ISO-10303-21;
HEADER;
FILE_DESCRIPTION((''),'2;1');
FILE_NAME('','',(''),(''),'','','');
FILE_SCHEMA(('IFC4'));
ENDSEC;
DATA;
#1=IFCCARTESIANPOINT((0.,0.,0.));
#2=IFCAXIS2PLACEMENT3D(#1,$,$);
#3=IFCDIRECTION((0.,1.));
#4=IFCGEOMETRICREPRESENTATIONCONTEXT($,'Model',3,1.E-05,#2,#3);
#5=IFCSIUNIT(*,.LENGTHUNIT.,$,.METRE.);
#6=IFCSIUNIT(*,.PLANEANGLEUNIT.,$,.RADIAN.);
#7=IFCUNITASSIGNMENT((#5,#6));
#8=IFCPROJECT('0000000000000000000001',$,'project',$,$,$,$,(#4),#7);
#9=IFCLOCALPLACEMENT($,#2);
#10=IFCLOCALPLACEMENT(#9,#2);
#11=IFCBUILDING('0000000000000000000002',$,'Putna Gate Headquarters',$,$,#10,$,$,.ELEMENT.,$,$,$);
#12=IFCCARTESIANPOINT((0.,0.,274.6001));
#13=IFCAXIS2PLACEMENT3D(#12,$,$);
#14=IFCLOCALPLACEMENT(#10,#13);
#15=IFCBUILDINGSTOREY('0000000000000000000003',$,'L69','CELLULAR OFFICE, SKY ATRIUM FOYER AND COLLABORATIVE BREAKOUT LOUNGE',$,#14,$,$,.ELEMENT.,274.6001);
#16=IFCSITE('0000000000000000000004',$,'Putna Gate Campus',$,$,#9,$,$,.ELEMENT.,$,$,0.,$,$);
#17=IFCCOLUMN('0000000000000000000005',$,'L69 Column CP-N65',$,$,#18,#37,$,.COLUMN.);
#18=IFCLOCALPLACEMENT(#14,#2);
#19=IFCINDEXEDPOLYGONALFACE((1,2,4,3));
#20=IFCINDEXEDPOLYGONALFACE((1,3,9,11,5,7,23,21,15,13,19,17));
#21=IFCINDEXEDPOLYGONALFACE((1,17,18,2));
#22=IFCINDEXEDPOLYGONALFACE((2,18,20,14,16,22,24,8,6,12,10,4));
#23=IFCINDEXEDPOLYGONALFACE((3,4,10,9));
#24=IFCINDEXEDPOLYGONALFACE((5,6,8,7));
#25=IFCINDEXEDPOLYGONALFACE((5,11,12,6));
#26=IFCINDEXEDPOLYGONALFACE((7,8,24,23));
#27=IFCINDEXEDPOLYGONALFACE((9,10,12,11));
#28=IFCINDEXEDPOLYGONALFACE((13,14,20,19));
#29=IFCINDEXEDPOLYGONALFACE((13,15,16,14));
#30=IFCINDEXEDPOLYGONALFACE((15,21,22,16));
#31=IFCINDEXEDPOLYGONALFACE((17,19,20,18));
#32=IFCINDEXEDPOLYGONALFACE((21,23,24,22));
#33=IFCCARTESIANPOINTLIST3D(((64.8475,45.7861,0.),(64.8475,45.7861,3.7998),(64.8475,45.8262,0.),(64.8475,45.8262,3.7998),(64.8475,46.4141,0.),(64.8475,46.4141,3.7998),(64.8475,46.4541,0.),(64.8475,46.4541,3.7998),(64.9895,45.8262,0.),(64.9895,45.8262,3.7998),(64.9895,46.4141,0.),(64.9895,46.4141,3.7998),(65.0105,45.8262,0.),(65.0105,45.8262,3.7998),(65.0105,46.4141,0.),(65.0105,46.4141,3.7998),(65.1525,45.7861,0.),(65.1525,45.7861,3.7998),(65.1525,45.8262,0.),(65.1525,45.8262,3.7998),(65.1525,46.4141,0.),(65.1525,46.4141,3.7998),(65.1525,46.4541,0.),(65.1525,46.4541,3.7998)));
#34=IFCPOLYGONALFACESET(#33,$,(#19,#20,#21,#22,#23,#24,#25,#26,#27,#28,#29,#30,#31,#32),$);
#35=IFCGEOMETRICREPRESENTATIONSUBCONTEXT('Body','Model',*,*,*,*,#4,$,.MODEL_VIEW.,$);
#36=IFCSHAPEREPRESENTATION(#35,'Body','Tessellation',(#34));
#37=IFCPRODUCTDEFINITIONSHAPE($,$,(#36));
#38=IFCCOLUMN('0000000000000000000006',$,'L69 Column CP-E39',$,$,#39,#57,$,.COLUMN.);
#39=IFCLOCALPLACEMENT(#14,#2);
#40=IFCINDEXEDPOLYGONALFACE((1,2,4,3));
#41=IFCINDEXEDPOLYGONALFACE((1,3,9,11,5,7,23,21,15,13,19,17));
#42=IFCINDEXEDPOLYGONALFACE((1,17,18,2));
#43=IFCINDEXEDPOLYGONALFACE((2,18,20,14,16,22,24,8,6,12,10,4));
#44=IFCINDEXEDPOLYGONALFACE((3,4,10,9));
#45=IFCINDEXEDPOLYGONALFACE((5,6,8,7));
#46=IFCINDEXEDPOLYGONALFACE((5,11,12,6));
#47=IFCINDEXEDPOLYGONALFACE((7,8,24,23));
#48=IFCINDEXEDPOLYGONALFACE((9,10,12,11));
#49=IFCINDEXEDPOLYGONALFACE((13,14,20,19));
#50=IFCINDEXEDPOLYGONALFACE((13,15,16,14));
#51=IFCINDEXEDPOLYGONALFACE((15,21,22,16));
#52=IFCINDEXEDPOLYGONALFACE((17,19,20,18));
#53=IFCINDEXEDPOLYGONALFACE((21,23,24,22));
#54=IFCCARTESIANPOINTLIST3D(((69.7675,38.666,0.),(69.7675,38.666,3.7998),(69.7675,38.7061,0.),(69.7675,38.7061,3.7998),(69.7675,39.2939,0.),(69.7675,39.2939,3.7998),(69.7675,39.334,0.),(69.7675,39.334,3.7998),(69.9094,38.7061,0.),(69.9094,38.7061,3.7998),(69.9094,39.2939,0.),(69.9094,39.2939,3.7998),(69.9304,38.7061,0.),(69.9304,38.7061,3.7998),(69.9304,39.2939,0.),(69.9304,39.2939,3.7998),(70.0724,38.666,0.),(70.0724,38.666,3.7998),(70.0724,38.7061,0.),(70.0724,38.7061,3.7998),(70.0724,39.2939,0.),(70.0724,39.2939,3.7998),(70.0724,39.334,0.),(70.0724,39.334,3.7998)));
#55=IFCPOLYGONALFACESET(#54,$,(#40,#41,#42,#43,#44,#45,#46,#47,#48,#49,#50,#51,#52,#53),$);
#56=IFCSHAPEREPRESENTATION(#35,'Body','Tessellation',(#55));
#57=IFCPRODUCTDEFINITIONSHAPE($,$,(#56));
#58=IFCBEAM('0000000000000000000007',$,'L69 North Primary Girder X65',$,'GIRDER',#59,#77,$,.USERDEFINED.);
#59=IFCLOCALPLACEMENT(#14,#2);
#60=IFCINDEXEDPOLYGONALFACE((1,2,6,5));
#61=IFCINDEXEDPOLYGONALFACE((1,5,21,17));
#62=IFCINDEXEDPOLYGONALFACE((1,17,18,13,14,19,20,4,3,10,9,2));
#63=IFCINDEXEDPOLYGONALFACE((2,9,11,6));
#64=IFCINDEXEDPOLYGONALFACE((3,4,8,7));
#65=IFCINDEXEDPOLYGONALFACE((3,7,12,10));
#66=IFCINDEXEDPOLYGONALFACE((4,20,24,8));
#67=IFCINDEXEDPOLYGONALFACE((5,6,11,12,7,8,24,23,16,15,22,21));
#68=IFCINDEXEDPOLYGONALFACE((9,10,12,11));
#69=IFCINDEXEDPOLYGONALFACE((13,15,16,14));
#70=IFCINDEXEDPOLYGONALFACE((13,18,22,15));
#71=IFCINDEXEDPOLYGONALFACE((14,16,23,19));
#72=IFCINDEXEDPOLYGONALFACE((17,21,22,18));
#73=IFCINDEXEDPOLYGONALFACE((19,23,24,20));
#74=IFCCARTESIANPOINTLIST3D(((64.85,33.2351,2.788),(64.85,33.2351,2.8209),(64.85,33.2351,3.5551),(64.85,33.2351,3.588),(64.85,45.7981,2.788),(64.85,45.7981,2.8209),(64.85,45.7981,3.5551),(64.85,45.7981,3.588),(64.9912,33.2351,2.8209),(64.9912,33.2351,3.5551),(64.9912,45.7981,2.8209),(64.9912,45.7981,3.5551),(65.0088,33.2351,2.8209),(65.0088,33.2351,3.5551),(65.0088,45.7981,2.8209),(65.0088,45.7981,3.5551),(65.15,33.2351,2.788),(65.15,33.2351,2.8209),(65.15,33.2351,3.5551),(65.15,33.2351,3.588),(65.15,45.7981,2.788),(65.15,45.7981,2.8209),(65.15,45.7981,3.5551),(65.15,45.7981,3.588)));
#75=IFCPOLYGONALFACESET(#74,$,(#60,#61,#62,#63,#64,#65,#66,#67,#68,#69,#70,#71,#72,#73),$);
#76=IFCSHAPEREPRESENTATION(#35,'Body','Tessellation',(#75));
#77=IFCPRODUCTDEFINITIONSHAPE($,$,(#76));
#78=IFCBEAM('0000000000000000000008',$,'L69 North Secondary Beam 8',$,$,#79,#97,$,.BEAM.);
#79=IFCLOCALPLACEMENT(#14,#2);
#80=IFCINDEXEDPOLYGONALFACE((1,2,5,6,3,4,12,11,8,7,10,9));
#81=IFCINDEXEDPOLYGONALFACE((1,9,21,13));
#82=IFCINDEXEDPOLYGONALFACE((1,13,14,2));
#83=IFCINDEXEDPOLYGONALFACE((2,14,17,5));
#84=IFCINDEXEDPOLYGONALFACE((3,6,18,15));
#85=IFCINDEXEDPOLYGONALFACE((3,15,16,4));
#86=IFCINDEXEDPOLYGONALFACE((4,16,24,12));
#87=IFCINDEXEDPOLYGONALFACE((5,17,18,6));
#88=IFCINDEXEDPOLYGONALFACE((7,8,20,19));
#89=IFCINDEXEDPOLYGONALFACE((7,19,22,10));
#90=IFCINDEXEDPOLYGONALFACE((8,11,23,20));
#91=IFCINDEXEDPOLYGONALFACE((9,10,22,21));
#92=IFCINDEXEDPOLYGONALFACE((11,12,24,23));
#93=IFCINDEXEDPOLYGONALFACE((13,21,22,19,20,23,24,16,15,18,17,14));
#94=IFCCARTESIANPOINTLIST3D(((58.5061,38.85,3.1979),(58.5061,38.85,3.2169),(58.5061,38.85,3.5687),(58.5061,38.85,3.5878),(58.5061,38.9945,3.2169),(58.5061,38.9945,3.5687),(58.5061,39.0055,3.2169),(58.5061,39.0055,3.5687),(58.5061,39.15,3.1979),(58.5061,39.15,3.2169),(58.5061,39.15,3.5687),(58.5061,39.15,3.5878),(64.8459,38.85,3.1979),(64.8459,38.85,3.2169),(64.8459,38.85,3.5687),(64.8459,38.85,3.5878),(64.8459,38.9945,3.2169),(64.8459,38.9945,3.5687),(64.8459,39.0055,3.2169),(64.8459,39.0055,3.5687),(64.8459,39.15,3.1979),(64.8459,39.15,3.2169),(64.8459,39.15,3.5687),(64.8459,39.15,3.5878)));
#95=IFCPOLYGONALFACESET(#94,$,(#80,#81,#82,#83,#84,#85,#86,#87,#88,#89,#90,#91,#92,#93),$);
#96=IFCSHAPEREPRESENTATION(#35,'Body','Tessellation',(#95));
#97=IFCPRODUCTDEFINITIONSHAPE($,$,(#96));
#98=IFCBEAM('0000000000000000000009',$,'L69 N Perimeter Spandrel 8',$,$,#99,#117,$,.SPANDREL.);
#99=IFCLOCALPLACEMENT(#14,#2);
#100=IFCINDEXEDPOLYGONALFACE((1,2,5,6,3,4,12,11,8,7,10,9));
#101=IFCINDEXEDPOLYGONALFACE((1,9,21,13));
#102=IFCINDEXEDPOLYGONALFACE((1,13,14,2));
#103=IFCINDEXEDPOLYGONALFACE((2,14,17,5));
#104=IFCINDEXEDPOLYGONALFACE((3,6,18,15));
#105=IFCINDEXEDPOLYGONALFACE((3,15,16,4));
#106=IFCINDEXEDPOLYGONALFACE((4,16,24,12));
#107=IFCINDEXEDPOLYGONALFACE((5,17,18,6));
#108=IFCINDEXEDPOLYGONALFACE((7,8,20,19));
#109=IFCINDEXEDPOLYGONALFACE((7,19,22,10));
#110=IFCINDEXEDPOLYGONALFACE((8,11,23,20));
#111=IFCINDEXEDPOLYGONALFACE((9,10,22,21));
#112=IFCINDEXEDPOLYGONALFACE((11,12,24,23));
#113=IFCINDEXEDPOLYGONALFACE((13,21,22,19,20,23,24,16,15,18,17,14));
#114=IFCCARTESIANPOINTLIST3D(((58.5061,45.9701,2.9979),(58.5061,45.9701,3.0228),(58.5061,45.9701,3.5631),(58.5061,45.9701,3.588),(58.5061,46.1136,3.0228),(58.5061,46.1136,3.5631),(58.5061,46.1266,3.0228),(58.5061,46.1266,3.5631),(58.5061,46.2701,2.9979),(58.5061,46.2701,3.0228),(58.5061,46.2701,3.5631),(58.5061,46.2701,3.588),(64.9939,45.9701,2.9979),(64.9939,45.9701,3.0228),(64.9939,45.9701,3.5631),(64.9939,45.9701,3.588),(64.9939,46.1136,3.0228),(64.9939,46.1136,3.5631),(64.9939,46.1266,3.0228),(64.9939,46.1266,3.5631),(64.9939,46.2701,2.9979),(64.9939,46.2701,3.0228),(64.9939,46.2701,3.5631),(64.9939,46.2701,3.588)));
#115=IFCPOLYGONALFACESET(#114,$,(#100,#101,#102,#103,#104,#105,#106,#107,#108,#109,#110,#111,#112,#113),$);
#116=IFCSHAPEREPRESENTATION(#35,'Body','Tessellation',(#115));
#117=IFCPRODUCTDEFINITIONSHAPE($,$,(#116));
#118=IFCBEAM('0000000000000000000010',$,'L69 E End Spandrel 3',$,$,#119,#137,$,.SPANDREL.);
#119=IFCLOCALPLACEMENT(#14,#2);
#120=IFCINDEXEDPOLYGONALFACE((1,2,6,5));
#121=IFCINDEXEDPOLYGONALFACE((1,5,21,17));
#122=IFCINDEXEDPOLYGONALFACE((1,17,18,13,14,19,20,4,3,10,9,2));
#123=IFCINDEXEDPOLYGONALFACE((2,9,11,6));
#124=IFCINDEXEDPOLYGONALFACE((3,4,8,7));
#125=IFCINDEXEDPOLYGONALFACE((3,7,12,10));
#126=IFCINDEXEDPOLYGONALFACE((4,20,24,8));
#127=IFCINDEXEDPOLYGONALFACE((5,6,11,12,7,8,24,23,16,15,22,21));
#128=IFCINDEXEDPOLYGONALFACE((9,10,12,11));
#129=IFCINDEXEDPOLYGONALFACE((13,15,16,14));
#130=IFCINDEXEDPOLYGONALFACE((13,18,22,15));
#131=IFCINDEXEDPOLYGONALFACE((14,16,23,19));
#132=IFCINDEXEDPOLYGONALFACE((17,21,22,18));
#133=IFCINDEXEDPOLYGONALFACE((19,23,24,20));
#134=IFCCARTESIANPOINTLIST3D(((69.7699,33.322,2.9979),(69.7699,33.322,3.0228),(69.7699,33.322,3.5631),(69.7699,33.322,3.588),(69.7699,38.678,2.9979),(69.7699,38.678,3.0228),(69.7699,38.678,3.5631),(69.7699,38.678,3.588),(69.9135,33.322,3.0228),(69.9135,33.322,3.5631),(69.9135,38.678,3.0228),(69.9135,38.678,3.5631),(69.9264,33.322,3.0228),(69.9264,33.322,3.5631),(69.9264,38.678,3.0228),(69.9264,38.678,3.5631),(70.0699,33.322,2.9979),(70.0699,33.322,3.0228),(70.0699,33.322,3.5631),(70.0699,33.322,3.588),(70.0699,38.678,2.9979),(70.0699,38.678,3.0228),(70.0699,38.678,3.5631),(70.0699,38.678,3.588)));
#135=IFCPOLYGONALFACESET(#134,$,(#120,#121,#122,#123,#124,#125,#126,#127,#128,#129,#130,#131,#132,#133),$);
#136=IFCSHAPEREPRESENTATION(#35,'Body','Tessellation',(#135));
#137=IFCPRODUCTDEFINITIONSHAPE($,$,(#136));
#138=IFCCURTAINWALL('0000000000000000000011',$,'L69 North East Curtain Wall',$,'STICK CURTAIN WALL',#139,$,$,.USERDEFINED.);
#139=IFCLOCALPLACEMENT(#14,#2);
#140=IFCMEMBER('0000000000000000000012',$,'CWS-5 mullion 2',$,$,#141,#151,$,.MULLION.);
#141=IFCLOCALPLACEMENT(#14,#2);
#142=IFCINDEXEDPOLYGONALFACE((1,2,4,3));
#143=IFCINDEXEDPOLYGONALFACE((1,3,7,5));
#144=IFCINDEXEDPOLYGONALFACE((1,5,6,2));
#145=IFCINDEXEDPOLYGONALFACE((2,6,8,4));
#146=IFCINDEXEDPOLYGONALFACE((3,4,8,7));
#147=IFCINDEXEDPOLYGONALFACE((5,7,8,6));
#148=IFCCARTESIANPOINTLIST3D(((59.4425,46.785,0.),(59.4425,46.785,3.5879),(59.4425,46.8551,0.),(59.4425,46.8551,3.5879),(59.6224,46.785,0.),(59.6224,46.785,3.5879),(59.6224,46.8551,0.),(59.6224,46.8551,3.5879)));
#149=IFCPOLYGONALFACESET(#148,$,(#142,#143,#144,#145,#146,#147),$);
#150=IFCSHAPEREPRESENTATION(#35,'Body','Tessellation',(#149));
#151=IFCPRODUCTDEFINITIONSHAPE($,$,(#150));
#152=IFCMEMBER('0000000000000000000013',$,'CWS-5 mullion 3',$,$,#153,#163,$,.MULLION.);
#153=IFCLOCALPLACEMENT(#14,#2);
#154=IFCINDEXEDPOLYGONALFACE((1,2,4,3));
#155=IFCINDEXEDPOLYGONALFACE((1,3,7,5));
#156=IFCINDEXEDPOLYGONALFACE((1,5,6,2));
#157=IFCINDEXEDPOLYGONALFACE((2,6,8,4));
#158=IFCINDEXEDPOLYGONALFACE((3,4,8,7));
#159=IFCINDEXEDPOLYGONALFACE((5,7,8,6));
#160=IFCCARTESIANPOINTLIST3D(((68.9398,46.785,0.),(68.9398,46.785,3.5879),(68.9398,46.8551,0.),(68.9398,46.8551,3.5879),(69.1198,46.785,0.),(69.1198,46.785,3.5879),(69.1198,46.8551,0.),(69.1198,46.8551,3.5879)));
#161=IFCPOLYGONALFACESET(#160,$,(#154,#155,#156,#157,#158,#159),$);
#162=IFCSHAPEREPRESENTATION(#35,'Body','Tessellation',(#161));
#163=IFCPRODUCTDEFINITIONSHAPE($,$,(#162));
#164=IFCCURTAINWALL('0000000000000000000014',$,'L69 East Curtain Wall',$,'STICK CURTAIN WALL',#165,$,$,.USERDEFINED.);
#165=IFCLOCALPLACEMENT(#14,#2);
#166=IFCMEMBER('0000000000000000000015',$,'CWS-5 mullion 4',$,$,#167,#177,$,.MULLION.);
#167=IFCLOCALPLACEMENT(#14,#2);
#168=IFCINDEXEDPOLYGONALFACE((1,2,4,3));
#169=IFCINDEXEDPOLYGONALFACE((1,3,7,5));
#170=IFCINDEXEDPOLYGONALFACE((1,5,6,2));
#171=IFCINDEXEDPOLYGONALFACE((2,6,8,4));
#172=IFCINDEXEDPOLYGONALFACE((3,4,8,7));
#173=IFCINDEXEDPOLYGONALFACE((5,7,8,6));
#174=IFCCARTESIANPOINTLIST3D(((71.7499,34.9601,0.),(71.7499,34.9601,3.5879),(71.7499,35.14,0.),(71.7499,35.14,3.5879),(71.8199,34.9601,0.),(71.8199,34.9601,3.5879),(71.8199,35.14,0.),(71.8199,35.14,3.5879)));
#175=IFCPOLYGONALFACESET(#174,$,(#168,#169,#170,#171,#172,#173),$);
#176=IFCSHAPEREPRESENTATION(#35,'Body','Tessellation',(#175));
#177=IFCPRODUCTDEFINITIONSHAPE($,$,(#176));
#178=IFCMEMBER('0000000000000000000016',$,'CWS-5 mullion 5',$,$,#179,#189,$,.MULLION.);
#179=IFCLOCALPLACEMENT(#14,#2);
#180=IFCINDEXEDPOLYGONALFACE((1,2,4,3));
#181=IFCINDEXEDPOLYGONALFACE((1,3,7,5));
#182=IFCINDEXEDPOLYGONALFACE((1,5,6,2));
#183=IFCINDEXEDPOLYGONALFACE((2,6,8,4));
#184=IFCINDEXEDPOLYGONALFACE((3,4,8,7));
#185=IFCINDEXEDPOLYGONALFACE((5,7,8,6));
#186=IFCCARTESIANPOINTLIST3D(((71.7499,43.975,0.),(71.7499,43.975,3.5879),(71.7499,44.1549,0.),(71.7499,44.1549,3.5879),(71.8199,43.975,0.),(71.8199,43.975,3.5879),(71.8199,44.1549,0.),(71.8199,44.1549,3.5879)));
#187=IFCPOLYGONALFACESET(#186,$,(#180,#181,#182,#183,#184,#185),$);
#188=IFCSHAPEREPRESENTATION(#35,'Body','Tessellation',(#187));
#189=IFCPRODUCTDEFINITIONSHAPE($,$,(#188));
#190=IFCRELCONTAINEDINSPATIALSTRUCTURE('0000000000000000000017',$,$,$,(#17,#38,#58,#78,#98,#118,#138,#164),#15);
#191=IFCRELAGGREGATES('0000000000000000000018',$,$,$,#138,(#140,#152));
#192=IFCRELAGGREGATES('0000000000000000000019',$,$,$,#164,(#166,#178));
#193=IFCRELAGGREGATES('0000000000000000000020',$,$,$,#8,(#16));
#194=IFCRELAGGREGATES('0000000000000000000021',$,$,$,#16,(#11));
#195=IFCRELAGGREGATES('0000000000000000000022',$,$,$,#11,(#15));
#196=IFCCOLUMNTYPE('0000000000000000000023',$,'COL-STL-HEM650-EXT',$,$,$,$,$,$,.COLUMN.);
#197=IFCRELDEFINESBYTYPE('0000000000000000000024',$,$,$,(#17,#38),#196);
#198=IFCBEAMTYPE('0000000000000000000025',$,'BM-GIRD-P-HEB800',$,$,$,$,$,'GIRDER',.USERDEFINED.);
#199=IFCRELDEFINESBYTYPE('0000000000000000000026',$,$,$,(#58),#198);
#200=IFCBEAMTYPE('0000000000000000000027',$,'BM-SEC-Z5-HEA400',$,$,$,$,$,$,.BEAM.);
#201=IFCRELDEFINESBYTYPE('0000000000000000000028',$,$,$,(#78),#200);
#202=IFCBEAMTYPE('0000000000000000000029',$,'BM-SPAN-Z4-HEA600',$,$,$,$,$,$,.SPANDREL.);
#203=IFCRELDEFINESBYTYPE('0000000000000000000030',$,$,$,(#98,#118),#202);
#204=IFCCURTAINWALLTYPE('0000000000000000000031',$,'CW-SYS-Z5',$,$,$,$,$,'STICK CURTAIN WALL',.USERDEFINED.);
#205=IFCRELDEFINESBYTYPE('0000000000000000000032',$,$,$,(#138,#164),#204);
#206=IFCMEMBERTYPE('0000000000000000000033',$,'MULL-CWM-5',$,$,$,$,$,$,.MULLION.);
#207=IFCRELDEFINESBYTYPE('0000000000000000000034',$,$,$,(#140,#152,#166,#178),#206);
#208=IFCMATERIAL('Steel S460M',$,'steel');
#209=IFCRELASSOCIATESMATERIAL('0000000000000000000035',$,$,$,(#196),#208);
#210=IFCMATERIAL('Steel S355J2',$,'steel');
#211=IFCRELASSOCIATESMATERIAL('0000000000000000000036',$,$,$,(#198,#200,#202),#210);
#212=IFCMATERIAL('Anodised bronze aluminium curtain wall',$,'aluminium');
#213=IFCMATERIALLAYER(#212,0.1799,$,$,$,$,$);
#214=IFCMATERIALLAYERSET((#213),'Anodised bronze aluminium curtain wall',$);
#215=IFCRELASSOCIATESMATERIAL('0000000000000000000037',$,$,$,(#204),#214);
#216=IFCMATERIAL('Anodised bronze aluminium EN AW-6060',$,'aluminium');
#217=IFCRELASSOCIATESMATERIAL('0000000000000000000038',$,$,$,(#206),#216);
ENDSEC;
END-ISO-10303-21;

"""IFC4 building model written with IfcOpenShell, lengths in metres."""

from ifc_helpers import new_model, si_unit, direction, frame, origin, origin_2d, place, context, subcontext, project, spatial, rectangle, i_section, extrude, material, layer, layer_set, material_profile, profile_set, type_object, element, aggregate, save


model = new_model("IFC4")

# Units and contexts
model_context = context("Model", 3, precision=1e-05, world=origin(), true_north=direction((0.0, 1.0)))
body_context = subcontext(model_context, "Body", "Model", "MODEL_VIEW")
ifc_project = project(units=[si_unit("LENGTHUNIT", "METRE"), si_unit("PLANEANGLEUNIT", "RADIAN")], contexts=[model_context])

# Site, building, storey
site_placement = place(None, origin())
site = spatial("IfcSite", under=ifc_project, at=site_placement, Name="Putna Gate Campus", CompositionType="ELEMENT", RefElevation=0.0)
building_placement = place(site_placement, origin())
building = spatial("IfcBuilding", under=site, at=building_placement, Name="Putna Gate Headquarters", CompositionType="ELEMENT")
storey_placement = place(building_placement, frame((0.0, 0.0, 274.6001)))
storey = spatial("IfcBuildingStorey", under=building, at=storey_placement, Name="L69", Description="CELLULAR OFFICE, SKY ATRIUM FOYER AND COLLABORATIVE BREAKOUT LOUNGE", CompositionType="ELEMENT", Elevation=274.6001)

# Columns
ifc_material_1 = material(Name="Steel S460M", Category="steel")
ifc_material_profile_1 = material_profile(ifc_material_1, i_section(OverallWidth=0.3049, OverallDepth=0.668, WebThickness=0.021, FlangeThickness=0.04, at=origin_2d()), Name="Steel S460M")
ifc_profile_set_1 = profile_set([ifc_material_profile_1], Name="Steel S460M")
column_type = type_object("IfcColumnType", Name="COL-STL-HEM650-EXT", PredefinedType="COLUMN", material=ifc_profile_set_1)
for number, where, z_axis, x_axis, name in (
    (1, (65.0, 46.1201, 0.0), (0.0, 0.0, 1.0), (1.0, 0.0, 0.0), "L69 Column CP-N65"),
    (2, (69.9199, 39.0, 0.0), (0.0, 0.0, 1.0), (1.0, 0.0, 0.0), "L69 Column CP-E39"),
):
    element("IfcColumn", number, at=place(storey_placement, frame(where, z_axis=z_axis, x_axis=x_axis)), inside=storey, type_object=column_type, Name=name, PredefinedType="COLUMN", context=body_context, shape_type="SweptSolid", body=[
        extrude(i_section(OverallWidth=0.3049, OverallDepth=0.668, WebThickness=0.021, FlangeThickness=0.04, at=origin_2d()), origin(), (0.0, 0.0, 1.0), 3.7998),
    ])

# Beams
ifc_material_2 = material(Name="Steel S355J2", Category="steel")
ifc_material_profile_2 = material_profile(ifc_material_2, i_section(OverallWidth=0.3, OverallDepth=0.8, WebThickness=0.0176, FlangeThickness=0.033, at=origin_2d()), Name="Steel S355J2")
ifc_profile_set_2 = profile_set([ifc_material_profile_2], Name="Steel S355J2")
beam_type_1 = type_object("IfcBeamType", Name="BM-GIRD-P-HEB800", ElementType="GIRDER", PredefinedType="USERDEFINED", material=ifc_profile_set_2)
beam_1_placement = place(storey_placement, frame((65.0, 33.2351, 3.188), z_axis=(0.0, 1.0, 0.0), x_axis=(-1.0, 0.0, 0.0)))
element("IfcBeam", 3, at=beam_1_placement, inside=storey, type_object=beam_type_1, Name="L69 North Primary Girder X65", ObjectType="GIRDER", PredefinedType="USERDEFINED", context=body_context, shape_type="SweptSolid", body=[
    extrude(i_section(OverallWidth=0.3, OverallDepth=0.8, WebThickness=0.0176, FlangeThickness=0.033, at=origin_2d()), origin(), (0.0, 0.0, 1.0), 12.563),
])
ifc_material_profile_3 = material_profile(ifc_material_2, i_section(OverallWidth=0.3, OverallDepth=0.3899, WebThickness=0.011, FlangeThickness=0.019, at=origin_2d()), Name="Steel S355J2")
ifc_profile_set_3 = profile_set([ifc_material_profile_3], Name="Steel S355J2")
beam_type_2 = type_object("IfcBeamType", Name="BM-SEC-Z5-HEA400", PredefinedType="BEAM", material=ifc_profile_set_3)
beam_2_placement = place(storey_placement, frame((58.5061, 39.0, 3.3928), z_axis=(1.0, 0.0, 0.0), x_axis=(0.0, 1.0, 0.0)))
element("IfcBeam", 4, at=beam_2_placement, inside=storey, type_object=beam_type_2, Name="L69 North Secondary Beam 8", PredefinedType="BEAM", context=body_context, shape_type="SweptSolid", body=[
    extrude(i_section(OverallWidth=0.3, OverallDepth=0.3899, WebThickness=0.011, FlangeThickness=0.019, at=origin_2d()), origin(), (0.0, 0.0, 1.0), 6.3398),
])
ifc_material_profile_4 = material_profile(ifc_material_2, i_section(OverallWidth=0.3, OverallDepth=0.5901, WebThickness=0.0129, FlangeThickness=0.0249, at=origin_2d()), Name="Steel S355J2")
ifc_profile_set_4 = profile_set([ifc_material_profile_4], Name="Steel S355J2")
beam_type_3 = type_object("IfcBeamType", Name="BM-SPAN-Z4-HEA600", PredefinedType="SPANDREL", material=ifc_profile_set_4)
beam_3_placement = place(storey_placement, frame((58.5061, 46.1201, 3.293), z_axis=(1.0, 0.0, 0.0), x_axis=(0.0, 1.0, 0.0)))
element("IfcBeam", 5, at=beam_3_placement, inside=storey, type_object=beam_type_3, Name="L69 N Perimeter Spandrel 8", PredefinedType="SPANDREL", context=body_context, shape_type="SweptSolid", body=[
    extrude(i_section(OverallWidth=0.3, OverallDepth=0.5901, WebThickness=0.0129, FlangeThickness=0.0249, at=origin_2d()), origin(), (0.0, 0.0, 1.0), 6.4878),
])
beam_4_placement = place(storey_placement, frame((69.9199, 33.322, 3.293), z_axis=(0.0, 1.0, 0.0), x_axis=(-1.0, 0.0, 0.0)))
element("IfcBeam", 6, at=beam_4_placement, inside=storey, type_object=beam_type_3, Name="L69 E End Spandrel 3", PredefinedType="SPANDREL", context=body_context, shape_type="SweptSolid", body=[
    extrude(i_section(OverallWidth=0.3, OverallDepth=0.5901, WebThickness=0.0129, FlangeThickness=0.0249, at=origin_2d()), origin(), (0.0, 0.0, 1.0), 5.356),
])

# Curtain walls, members
ifc_material_3 = material(Name="Anodised bronze aluminium curtain wall", Category="aluminium")
ifc_layer_1 = layer(ifc_material_3, 0.1799)
ifc_layer_set_1 = layer_set([ifc_layer_1], Name="Anodised bronze aluminium curtain wall")
curtain_wall_type = type_object("IfcCurtainWallType", Name="CW-SYS-Z5", ElementType="STICK CURTAIN WALL", PredefinedType="USERDEFINED", material=ifc_layer_set_1)
curtain_wall_1_placement = place(storey_placement, origin())
curtain_wall_1 = element("IfcCurtainWall", 7, at=curtain_wall_1_placement, inside=storey, type_object=curtain_wall_type, Name="L69 North East Curtain Wall", ObjectType="STICK CURTAIN WALL", PredefinedType="USERDEFINED")
ifc_material_4 = material(Name="Anodised bronze aluminium EN AW-6060", Category="aluminium")
ifc_material_profile_5 = material_profile(ifc_material_4, rectangle(XDim=0.0701, YDim=0.1799, at=origin_2d()), Name="Anodised bronze aluminium EN AW-6060")
ifc_profile_set_5 = profile_set([ifc_material_profile_5], Name="Anodised bronze aluminium EN AW-6060")
member_type_1 = type_object("IfcMemberType", Name="MULL-CWM-5", PredefinedType="MULLION", material=ifc_profile_set_5)
member_1_placement = place(storey_placement, frame((59.5325, 46.8201, 0.0), z_axis=(0.0, 0.0, 1.0), x_axis=(0.0, 1.0, 0.0)))
member_1 = element("IfcMember", 8, at=member_1_placement, type_object=member_type_1, Name="CWS-5 mullion 2", PredefinedType="MULLION", context=body_context, shape_type="SweptSolid", body=[
    extrude(rectangle(XDim=0.0701, YDim=0.1799, at=origin_2d()), origin(), (0.0, 0.0, 1.0), 3.5879),
])
member_2_placement = place(storey_placement, frame((69.0298, 46.8201, 0.0), z_axis=(0.0, 0.0, 1.0), x_axis=(0.0, 1.0, 0.0)))
member_2 = element("IfcMember", 9, at=member_2_placement, type_object=member_type_1, Name="CWS-5 mullion 3", PredefinedType="MULLION", context=body_context, shape_type="SweptSolid", body=[
    extrude(rectangle(XDim=0.0701, YDim=0.1799, at=origin_2d()), origin(), (0.0, 0.0, 1.0), 3.5879),
])
curtain_wall_2_placement = place(storey_placement, origin())
curtain_wall_2 = element("IfcCurtainWall", 10, at=curtain_wall_2_placement, inside=storey, type_object=curtain_wall_type, Name="L69 East Curtain Wall", ObjectType="STICK CURTAIN WALL", PredefinedType="USERDEFINED")
member_3_placement = place(storey_placement, frame((71.7849, 35.05, 0.0), z_axis=(0.0, 0.0, 1.0), x_axis=(-1.0, 0.0, 0.0)))
member_3 = element("IfcMember", 11, at=member_3_placement, type_object=member_type_1, Name="CWS-5 mullion 4", PredefinedType="MULLION", context=body_context, shape_type="SweptSolid", body=[
    extrude(rectangle(XDim=0.0701, YDim=0.1799, at=origin_2d()), origin(), (0.0, 0.0, 1.0), 3.5879),
])
member_4_placement = place(storey_placement, frame((71.7849, 44.0649, 0.0), z_axis=(0.0, 0.0, 1.0), x_axis=(-1.0, 0.0, 0.0)))
member_4 = element("IfcMember", 12, at=member_4_placement, type_object=member_type_1, Name="CWS-5 mullion 5", PredefinedType="MULLION", context=body_context, shape_type="SweptSolid", body=[
    extrude(rectangle(XDim=0.0701, YDim=0.1799, at=origin_2d()), origin(), (0.0, 0.0, 1.0), 3.5879),
])

aggregate(curtain_wall_1, [member_1, member_2])
aggregate(curtain_wall_2, [member_3, member_4])

save(model, "model.ifc")
